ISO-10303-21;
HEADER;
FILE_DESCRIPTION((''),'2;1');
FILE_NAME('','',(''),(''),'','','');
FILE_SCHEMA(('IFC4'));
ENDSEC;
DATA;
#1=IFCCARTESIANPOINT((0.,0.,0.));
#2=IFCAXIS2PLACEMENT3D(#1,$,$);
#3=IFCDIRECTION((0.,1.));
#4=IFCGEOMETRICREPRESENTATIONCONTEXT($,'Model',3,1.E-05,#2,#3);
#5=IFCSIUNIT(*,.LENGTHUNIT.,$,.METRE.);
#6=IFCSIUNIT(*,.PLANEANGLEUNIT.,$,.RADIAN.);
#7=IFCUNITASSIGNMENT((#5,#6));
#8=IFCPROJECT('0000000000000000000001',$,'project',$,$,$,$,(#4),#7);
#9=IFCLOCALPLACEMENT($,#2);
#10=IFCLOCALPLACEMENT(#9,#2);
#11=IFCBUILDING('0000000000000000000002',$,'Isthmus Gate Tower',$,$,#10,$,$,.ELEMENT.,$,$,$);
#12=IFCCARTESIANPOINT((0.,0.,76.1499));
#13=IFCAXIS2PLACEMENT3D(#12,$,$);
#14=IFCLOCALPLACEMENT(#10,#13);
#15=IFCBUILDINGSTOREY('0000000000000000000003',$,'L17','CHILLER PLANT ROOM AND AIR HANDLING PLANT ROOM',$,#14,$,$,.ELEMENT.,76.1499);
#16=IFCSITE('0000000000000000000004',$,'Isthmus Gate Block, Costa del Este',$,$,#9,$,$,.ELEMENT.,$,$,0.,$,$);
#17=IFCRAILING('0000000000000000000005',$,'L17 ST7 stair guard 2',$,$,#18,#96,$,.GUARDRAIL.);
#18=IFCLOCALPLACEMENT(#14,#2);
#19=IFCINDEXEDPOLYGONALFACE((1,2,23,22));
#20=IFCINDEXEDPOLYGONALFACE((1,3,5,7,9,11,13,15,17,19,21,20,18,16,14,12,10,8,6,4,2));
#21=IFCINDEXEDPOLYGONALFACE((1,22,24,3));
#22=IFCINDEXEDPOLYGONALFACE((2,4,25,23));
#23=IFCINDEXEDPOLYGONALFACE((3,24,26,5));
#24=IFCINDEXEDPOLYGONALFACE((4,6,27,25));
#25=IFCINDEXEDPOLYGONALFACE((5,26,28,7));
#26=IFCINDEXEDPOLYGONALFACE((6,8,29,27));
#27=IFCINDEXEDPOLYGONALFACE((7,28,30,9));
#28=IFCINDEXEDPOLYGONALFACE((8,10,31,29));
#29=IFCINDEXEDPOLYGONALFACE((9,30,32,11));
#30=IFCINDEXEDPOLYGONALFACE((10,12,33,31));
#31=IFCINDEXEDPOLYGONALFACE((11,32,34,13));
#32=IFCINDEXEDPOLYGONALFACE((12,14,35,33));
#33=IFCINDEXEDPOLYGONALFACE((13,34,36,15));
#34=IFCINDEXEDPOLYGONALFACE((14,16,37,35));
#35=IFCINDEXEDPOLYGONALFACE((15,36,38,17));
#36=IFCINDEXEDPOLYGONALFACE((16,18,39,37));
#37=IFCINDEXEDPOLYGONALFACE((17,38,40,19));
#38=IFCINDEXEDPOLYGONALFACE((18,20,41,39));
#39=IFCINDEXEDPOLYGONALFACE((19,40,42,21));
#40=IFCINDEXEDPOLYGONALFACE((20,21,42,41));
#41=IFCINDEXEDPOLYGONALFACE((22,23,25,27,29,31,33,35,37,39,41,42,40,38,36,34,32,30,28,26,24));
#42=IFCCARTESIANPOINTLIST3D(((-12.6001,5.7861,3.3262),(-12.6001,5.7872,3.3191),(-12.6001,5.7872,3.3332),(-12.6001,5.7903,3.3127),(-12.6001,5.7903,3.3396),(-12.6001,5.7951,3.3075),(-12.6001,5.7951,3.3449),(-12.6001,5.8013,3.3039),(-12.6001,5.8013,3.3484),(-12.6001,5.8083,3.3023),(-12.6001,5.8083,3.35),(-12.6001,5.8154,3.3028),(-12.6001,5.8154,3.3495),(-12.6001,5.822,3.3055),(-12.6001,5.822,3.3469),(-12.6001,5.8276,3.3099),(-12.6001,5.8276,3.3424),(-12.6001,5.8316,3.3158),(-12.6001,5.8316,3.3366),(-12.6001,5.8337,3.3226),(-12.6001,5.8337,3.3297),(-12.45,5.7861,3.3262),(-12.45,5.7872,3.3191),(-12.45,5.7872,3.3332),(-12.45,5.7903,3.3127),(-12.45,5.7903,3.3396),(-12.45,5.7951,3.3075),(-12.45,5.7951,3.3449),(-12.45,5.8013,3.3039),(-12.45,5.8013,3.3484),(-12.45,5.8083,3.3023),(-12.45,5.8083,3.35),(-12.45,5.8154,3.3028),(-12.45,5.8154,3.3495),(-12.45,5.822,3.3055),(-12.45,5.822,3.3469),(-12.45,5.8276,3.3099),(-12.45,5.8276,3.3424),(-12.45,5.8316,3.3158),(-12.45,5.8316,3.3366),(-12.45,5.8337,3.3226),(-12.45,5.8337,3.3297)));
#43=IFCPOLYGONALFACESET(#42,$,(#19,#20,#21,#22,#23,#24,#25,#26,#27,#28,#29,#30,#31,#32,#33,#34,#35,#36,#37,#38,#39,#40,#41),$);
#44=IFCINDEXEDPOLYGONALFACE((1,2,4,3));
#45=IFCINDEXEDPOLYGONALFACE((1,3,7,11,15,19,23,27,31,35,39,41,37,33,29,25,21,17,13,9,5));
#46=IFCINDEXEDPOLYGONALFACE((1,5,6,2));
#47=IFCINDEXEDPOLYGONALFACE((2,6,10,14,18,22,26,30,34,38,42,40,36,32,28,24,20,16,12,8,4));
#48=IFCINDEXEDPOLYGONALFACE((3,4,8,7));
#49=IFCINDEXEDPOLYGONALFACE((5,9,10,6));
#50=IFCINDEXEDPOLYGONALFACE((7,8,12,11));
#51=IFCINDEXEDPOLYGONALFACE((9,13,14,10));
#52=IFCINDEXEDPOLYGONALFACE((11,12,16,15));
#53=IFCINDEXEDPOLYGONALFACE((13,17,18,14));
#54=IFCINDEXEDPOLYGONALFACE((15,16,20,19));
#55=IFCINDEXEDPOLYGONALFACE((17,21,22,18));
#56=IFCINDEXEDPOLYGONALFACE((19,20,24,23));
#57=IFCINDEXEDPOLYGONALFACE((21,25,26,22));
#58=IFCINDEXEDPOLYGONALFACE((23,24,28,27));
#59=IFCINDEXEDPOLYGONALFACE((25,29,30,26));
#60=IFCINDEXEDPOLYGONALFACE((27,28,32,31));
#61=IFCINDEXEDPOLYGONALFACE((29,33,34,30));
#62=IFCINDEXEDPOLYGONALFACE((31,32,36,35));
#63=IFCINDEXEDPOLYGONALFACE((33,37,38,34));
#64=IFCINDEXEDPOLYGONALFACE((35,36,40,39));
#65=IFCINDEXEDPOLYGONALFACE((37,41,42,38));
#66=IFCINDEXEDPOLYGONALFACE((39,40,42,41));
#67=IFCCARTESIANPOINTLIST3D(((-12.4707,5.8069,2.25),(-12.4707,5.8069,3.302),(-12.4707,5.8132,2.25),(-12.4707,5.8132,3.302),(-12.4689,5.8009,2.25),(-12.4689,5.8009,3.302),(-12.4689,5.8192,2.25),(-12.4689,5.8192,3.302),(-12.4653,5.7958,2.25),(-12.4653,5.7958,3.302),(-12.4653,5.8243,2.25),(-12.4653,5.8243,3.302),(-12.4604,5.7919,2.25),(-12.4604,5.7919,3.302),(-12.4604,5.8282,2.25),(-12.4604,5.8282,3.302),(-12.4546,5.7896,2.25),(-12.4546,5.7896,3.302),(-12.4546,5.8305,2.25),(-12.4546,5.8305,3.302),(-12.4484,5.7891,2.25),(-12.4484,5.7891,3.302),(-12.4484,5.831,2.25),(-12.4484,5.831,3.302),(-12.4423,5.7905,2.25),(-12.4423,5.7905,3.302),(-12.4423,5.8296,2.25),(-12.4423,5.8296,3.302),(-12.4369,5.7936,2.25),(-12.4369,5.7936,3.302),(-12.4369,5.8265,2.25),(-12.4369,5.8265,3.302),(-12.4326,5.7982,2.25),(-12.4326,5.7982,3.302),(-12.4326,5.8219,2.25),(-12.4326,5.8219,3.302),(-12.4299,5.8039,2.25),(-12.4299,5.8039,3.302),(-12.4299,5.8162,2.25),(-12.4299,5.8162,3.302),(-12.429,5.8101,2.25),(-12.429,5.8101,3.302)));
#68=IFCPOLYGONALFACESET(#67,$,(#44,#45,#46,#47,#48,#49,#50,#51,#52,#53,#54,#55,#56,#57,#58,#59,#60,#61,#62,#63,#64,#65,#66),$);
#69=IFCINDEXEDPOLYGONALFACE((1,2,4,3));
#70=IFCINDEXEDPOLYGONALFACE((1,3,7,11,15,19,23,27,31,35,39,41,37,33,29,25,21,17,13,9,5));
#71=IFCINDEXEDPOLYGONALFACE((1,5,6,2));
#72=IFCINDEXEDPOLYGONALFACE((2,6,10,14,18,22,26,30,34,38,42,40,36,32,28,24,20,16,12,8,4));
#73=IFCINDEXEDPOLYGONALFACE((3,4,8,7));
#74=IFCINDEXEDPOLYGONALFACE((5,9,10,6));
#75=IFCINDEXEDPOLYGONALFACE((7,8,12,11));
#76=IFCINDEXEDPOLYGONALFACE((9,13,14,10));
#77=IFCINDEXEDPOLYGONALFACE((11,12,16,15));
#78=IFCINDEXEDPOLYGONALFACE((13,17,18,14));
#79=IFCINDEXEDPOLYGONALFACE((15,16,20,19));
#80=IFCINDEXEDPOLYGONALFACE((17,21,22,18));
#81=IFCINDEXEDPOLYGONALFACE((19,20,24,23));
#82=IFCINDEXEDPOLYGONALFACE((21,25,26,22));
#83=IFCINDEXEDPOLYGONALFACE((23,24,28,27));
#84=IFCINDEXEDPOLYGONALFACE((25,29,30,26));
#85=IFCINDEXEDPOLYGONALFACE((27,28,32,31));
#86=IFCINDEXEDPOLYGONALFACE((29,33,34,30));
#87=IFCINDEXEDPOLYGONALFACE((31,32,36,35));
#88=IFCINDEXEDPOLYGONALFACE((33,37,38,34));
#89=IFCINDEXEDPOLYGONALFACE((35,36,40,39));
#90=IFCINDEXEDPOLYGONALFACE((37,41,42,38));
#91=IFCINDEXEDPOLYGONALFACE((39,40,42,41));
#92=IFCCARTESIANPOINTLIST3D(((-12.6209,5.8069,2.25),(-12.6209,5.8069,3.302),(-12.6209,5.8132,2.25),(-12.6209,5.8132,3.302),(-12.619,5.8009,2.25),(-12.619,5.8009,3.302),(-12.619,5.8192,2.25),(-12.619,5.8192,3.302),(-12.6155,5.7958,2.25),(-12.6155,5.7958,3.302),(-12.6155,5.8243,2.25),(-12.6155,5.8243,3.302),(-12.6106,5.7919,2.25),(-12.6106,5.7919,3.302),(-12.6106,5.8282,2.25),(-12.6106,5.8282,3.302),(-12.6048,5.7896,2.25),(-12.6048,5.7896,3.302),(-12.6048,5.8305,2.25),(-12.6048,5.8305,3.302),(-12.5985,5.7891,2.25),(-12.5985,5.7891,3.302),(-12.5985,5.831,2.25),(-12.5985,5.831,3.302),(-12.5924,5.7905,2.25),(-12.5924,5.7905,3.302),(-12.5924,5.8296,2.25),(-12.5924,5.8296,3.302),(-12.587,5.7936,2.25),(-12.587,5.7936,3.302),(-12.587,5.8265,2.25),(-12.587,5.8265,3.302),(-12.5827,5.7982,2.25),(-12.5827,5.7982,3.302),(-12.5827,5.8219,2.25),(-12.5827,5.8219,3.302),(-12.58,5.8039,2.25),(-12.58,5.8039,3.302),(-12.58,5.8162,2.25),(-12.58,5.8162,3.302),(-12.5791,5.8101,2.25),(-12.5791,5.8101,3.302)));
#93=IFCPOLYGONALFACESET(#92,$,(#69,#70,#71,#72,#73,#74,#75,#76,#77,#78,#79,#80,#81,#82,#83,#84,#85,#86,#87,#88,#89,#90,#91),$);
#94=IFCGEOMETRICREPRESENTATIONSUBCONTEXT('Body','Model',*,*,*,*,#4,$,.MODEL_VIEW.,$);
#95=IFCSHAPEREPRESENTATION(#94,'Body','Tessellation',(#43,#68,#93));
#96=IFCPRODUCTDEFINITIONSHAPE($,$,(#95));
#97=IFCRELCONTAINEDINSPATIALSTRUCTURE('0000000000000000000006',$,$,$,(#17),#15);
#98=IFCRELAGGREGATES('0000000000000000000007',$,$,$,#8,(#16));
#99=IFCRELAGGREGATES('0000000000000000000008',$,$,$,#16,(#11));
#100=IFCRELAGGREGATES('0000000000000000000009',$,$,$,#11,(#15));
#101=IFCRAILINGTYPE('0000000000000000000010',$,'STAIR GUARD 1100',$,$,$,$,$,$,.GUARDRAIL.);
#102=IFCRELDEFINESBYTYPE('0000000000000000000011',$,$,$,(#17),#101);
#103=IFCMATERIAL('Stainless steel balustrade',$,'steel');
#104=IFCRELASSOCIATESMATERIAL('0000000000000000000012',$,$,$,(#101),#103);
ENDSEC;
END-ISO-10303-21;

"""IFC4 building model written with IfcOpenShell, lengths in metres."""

from ifc_helpers import new_model, si_unit, direction, frame, origin, origin_2d, place, context, subcontext, project, spatial, circle, extrude, material, type_object, element, save


model = new_model("IFC4")

# Units and contexts
model_context = context("Model", 3, precision=1e-05, world=origin(), true_north=direction((0.0, 1.0)))
body_context = subcontext(model_context, "Body", "Model", "MODEL_VIEW")
ifc_project = project(units=[si_unit("LENGTHUNIT", "METRE"), si_unit("PLANEANGLEUNIT", "RADIAN")], contexts=[model_context])

# Site, building, storey
site_placement = place(None, origin())
site = spatial("IfcSite", under=ifc_project, at=site_placement, Name="Isthmus Gate Block, Costa del Este", CompositionType="ELEMENT", RefElevation=0.0)
building_placement = place(site_placement, origin())
building = spatial("IfcBuilding", under=site, at=building_placement, Name="Isthmus Gate Tower", CompositionType="ELEMENT")
storey_placement = place(building_placement, frame((0.0, 0.0, 76.1499)))
storey = spatial("IfcBuildingStorey", under=building, at=storey_placement, Name="L17", Description="CHILLER PLANT ROOM AND AIR HANDLING PLANT ROOM", CompositionType="ELEMENT", Elevation=76.1499)

# Railing
ifc_material_1 = material(Name="Stainless steel balustrade", Category="steel")
railing_type_1 = type_object("IfcRailingType", Name="STAIR GUARD 1100", PredefinedType="GUARDRAIL", material=ifc_material_1)
railing_1_placement = place(storey_placement, frame((-12.45, 5.8101, 2.25)))
element("IfcRailing", 1, at=railing_1_placement, inside=storey, type_object=railing_type_1, Name="L17 ST7 stair guard 2", PredefinedType="GUARDRAIL", context=body_context, shape_type="SweptSolid", body=[
    extrude(circle(Radius=0.0239, at=origin_2d()), frame((0.0, 0.0, 1.0762), z_axis=(-1.0, 0.0, 0.0), x_axis=(0.0, -1.0, 0.0)), (0.0, 0.0, 1.0), 0.1501),
    extrude(circle(Radius=0.021, at=origin_2d()), origin(), (0.0, 0.0, 1.0), 1.052),
    extrude(circle(Radius=0.021, at=origin_2d()), frame((-0.1501, 0.0, 0.0)), (0.0, 0.0, 1.0), 1.052),
])

save(model, "model.ifc")
